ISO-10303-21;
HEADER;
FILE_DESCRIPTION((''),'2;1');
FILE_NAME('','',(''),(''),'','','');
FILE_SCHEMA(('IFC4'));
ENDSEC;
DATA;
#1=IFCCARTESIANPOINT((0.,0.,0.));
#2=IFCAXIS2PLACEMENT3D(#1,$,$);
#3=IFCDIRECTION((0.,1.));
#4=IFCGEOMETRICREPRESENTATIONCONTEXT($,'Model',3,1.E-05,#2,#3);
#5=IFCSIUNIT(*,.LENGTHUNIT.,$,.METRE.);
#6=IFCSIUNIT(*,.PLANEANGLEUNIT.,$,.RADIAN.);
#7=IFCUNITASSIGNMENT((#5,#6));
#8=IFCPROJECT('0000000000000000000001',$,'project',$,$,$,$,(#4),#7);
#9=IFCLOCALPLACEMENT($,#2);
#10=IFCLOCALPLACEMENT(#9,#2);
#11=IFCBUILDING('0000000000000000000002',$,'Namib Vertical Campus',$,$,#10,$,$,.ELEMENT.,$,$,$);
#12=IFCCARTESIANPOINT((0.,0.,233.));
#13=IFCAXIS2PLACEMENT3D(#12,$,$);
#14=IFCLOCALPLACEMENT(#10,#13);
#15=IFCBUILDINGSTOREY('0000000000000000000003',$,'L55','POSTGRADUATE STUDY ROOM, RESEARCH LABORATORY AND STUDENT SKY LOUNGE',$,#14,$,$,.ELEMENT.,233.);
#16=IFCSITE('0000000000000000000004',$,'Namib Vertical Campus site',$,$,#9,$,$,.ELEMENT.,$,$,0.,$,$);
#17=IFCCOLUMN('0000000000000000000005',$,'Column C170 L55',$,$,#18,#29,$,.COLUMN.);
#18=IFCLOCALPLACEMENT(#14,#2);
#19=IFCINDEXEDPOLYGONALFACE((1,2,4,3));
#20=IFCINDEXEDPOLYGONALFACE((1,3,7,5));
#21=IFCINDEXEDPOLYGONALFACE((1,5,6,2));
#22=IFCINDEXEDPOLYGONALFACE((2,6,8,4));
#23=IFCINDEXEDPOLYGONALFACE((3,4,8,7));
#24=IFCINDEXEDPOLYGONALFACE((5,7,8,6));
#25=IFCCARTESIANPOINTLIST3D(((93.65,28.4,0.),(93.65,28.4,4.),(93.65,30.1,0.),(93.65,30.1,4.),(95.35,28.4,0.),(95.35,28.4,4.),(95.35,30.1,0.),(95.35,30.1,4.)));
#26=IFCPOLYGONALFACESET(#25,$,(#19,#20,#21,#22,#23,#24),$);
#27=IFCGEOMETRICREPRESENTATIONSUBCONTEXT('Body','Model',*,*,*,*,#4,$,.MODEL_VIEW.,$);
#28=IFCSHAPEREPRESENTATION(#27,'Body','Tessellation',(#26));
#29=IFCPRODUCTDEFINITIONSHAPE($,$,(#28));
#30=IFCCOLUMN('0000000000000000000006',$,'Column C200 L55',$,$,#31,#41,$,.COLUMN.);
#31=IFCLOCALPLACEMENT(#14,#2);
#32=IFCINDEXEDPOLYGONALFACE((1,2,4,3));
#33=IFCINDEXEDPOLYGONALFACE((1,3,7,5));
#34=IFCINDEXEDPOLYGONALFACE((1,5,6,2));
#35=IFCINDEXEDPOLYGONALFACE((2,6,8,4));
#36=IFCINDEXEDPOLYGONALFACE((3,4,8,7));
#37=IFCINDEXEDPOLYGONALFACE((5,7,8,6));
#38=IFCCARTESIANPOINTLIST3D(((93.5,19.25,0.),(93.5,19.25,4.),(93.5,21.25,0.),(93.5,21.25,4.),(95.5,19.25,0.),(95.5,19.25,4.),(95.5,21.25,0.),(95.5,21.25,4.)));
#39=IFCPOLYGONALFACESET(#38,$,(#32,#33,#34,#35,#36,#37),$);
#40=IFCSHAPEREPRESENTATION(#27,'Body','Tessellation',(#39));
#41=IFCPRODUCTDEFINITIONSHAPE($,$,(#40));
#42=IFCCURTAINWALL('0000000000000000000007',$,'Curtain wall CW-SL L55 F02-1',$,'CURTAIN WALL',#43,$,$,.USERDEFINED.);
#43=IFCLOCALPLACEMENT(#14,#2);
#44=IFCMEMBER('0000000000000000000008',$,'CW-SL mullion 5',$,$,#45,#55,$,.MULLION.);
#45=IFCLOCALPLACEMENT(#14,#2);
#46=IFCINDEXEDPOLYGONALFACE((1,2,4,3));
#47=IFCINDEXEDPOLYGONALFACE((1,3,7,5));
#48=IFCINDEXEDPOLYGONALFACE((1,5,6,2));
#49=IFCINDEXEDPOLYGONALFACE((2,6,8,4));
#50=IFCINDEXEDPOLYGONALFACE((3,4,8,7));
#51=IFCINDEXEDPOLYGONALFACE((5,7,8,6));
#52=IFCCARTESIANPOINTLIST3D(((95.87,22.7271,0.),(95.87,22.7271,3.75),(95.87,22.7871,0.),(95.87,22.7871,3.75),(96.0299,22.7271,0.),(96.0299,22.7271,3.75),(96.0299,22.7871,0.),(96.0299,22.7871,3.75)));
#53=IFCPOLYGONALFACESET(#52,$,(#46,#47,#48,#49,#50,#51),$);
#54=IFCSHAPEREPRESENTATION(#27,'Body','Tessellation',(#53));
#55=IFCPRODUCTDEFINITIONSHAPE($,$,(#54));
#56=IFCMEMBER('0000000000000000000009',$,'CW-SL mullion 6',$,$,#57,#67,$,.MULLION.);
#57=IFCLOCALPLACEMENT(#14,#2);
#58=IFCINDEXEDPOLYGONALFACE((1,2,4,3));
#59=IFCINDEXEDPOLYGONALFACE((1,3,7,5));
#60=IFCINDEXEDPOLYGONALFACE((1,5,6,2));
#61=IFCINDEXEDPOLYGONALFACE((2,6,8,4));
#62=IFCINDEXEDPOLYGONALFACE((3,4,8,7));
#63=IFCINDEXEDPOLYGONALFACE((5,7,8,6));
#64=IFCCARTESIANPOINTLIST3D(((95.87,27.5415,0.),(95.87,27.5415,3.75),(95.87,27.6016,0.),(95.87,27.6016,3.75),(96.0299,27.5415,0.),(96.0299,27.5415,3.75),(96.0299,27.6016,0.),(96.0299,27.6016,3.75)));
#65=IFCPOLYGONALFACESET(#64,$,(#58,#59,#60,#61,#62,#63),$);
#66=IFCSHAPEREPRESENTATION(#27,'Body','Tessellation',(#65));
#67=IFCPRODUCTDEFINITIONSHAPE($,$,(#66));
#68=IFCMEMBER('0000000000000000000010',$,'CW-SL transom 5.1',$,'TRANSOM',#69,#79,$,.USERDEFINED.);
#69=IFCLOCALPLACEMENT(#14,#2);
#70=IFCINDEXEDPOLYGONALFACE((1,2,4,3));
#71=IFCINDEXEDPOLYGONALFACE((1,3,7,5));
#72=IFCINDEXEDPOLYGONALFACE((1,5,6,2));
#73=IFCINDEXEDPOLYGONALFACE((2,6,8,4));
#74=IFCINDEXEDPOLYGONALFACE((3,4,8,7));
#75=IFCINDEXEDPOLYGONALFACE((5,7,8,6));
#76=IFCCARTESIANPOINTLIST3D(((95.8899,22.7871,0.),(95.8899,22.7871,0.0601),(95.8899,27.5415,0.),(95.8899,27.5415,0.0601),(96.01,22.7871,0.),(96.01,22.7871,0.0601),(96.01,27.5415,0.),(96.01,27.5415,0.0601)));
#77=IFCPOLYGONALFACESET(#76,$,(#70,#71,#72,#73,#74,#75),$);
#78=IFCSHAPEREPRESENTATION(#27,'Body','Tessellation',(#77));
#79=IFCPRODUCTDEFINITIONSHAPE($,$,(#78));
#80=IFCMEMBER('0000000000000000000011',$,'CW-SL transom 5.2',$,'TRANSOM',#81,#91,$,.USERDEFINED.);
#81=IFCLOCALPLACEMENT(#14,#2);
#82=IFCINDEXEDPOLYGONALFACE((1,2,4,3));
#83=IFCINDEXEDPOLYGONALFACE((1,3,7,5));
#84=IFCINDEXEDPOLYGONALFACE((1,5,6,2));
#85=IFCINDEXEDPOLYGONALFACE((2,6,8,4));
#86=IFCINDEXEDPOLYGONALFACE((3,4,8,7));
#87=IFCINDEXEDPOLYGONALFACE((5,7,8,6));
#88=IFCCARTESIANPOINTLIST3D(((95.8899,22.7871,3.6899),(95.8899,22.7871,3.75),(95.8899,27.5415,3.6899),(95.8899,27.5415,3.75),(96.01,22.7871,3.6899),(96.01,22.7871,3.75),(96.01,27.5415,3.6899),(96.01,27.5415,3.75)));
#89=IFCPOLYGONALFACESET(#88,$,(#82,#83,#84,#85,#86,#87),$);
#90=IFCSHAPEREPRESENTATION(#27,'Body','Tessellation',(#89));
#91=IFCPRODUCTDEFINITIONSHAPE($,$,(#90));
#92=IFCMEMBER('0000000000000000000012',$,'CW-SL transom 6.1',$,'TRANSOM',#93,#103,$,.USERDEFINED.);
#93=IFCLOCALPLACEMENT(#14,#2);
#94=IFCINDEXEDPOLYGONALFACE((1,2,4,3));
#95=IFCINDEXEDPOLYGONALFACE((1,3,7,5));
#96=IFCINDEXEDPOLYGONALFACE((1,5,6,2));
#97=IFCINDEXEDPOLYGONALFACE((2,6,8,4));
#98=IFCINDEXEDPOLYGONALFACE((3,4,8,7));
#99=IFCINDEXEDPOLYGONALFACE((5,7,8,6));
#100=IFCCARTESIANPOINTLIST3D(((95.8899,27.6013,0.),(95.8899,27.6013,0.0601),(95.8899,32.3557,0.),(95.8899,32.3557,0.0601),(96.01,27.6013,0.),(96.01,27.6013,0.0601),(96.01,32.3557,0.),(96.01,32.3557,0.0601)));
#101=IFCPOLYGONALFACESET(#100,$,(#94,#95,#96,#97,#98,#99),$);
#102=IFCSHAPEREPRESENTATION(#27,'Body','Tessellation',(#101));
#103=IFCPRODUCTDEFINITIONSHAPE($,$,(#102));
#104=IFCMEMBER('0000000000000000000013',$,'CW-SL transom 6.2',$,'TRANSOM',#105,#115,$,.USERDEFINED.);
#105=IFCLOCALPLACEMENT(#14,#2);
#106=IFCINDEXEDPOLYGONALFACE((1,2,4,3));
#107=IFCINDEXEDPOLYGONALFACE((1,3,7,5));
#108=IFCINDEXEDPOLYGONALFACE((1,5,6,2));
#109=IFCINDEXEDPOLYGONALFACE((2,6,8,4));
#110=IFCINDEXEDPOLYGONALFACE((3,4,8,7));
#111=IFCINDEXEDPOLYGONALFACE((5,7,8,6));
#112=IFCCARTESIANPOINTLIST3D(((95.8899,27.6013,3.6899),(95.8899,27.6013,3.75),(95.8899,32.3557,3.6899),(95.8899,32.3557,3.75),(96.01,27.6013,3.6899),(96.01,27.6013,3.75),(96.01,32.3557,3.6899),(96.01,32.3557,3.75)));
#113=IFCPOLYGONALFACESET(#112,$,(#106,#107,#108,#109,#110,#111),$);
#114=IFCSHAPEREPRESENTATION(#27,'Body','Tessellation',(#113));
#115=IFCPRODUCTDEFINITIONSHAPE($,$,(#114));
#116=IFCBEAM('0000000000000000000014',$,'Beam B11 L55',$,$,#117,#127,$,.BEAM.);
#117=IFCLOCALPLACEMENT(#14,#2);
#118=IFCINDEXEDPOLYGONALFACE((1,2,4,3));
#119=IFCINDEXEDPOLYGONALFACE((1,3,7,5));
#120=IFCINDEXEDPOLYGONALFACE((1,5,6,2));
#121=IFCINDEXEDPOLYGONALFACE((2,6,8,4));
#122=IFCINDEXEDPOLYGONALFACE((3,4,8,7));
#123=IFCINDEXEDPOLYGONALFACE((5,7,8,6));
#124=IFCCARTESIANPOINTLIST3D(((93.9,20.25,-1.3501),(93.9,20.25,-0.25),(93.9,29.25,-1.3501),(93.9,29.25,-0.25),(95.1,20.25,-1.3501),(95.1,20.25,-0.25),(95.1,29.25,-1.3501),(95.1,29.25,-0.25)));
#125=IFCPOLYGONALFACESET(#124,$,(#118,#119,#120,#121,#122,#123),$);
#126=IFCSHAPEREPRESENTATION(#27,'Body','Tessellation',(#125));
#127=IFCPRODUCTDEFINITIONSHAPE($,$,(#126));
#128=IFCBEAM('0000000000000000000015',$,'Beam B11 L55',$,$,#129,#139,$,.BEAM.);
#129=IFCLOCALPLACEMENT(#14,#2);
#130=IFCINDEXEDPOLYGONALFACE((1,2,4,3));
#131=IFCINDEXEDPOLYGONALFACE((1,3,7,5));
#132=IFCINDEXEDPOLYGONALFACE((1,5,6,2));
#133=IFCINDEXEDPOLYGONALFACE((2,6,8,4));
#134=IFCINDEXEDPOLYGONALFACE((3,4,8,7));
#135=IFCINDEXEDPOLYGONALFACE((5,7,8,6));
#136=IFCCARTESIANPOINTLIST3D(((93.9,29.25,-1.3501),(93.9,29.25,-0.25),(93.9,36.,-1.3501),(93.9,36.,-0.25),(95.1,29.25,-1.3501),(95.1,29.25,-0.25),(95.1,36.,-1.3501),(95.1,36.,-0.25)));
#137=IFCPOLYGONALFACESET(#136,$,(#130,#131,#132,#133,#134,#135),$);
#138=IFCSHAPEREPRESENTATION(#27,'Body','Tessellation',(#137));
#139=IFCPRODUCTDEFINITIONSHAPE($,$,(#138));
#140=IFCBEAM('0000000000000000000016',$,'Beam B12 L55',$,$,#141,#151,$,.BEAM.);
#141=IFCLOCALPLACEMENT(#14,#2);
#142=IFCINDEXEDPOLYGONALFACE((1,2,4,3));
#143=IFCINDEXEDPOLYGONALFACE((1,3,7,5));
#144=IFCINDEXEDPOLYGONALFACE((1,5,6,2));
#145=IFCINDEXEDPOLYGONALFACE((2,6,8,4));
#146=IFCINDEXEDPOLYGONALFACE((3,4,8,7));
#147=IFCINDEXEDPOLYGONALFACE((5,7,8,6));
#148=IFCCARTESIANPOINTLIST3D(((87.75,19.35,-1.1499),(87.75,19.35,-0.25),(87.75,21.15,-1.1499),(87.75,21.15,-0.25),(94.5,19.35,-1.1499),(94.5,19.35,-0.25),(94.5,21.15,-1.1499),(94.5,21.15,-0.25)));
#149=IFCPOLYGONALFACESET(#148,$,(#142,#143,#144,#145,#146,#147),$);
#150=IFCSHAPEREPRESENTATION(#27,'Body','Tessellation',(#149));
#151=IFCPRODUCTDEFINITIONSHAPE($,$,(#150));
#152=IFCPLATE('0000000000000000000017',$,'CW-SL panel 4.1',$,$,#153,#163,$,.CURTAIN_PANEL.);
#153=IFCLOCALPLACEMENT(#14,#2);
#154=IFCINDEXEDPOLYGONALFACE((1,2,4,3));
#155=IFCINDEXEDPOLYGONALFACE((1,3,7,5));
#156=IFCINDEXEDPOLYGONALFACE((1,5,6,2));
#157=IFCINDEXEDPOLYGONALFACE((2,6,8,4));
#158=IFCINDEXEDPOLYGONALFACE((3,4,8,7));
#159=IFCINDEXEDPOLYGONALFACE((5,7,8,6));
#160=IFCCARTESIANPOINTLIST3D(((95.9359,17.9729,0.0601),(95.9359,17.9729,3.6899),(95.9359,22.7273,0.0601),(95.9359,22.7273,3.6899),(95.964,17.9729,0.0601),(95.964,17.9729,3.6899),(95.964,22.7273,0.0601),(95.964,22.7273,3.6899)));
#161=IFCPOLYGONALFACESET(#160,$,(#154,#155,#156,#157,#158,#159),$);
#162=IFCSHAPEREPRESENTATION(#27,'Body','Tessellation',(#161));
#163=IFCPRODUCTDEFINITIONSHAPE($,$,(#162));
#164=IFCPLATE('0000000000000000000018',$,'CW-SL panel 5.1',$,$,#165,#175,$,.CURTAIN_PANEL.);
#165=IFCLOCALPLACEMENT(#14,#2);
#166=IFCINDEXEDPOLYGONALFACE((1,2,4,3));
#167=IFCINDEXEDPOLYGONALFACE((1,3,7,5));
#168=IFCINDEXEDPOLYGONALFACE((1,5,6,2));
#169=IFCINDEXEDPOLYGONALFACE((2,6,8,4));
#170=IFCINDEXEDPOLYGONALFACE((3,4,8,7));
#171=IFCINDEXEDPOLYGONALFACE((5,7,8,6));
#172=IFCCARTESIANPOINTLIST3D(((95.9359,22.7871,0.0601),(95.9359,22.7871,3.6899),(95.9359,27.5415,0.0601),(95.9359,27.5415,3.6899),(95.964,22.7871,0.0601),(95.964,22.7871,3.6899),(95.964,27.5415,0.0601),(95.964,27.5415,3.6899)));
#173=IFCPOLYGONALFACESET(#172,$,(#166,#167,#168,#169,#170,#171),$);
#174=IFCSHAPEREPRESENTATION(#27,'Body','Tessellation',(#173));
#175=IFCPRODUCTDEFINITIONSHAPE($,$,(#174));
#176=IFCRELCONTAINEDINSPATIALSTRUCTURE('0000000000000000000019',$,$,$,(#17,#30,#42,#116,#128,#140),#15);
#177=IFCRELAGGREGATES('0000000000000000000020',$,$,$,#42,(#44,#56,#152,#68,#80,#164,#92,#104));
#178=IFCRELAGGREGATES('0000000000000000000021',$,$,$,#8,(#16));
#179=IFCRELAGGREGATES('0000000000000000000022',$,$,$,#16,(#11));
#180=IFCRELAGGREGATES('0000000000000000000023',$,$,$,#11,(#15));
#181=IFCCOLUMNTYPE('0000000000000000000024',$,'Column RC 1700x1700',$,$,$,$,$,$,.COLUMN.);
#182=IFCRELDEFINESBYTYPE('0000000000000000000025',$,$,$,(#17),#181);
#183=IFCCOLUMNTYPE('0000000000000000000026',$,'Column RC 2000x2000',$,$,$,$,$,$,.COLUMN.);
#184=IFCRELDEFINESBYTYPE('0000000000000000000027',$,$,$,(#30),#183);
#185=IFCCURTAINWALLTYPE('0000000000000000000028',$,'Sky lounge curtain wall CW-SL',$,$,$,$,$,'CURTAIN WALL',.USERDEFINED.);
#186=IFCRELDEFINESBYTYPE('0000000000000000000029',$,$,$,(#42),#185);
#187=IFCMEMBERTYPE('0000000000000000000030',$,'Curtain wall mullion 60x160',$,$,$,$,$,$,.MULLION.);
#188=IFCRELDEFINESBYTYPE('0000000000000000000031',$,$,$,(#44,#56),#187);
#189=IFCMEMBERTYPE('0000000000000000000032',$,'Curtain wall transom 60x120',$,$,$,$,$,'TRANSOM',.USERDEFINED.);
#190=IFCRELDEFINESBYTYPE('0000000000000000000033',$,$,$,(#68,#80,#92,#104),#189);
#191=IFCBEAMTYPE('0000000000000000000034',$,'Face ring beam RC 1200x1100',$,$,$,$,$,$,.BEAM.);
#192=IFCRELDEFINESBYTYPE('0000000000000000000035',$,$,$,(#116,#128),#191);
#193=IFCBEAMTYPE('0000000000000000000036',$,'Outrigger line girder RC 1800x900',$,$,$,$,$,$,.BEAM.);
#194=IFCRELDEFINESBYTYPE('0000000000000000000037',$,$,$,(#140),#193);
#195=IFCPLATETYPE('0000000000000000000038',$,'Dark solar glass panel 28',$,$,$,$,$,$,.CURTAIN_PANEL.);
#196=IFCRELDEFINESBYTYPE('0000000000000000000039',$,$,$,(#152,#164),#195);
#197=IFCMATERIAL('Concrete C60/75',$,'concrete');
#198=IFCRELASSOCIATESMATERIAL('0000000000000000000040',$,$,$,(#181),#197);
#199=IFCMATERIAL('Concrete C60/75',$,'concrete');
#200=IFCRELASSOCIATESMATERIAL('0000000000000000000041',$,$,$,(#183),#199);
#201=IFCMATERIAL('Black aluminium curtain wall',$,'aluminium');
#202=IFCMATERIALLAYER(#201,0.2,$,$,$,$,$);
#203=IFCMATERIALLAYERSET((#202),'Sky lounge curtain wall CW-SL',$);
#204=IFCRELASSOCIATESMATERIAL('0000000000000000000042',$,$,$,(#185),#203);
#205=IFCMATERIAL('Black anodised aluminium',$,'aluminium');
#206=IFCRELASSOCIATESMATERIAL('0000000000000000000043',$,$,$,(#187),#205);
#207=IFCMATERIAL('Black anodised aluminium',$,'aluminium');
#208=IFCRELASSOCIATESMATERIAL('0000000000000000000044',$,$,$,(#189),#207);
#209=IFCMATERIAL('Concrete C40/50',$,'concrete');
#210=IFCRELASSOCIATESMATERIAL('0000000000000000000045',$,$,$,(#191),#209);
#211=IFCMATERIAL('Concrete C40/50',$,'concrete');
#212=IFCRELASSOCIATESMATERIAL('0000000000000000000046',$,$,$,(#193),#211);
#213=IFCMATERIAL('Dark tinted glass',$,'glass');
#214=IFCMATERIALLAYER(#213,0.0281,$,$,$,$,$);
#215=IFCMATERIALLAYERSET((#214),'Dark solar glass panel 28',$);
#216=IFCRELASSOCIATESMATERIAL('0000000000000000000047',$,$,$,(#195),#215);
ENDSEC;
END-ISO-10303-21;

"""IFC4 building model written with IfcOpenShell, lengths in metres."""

from ifc_helpers import new_model, si_unit, direction, frame, origin, origin_2d, place, context, subcontext, project, spatial, rectangle, extrude, material, layer, layer_set, material_profile, profile_set, type_object, element, aggregate, save


model = new_model("IFC4")

# Units and contexts
model_context = context("Model", 3, precision=1e-05, world=origin(), true_north=direction((0.0, 1.0)))
body_context = subcontext(model_context, "Body", "Model", "MODEL_VIEW")
ifc_project = project(units=[si_unit("LENGTHUNIT", "METRE"), si_unit("PLANEANGLEUNIT", "RADIAN")], contexts=[model_context])

# Site, building, storey
site_placement = place(None, origin())
site = spatial("IfcSite", under=ifc_project, at=site_placement, Name="Namib Vertical Campus site", CompositionType="ELEMENT", RefElevation=0.0)
building_placement = place(site_placement, origin())
building = spatial("IfcBuilding", under=site, at=building_placement, Name="Namib Vertical Campus", CompositionType="ELEMENT")
storey_placement = place(building_placement, frame((0.0, 0.0, 233.0)))
storey = spatial("IfcBuildingStorey", under=building, at=storey_placement, Name="L55", Description="POSTGRADUATE STUDY ROOM, RESEARCH LABORATORY AND STUDENT SKY LOUNGE", CompositionType="ELEMENT", Elevation=233.0)

# Columns
ifc_material_1 = material(Name="Concrete C60/75", Category="concrete")
ifc_material_profile_1 = material_profile(ifc_material_1, rectangle(XDim=1.7, YDim=1.7, at=origin_2d()))
ifc_profile_set_1 = profile_set([ifc_material_profile_1], Name="Concrete C60/75")
column_type_1 = type_object("IfcColumnType", Name="Column RC 1700x1700", PredefinedType="COLUMN", material=ifc_profile_set_1)
column_1_placement = place(storey_placement, frame((94.5, 29.25, 0.0), z_axis=(0.0, 0.0, 1.0), x_axis=(1.0, 0.0, 0.0)))
element("IfcColumn", 1, at=column_1_placement, inside=storey, type_object=column_type_1, Name="Column C170 L55", PredefinedType="COLUMN", context=body_context, shape_type="SweptSolid", body=[
    extrude(rectangle(XDim=1.7, YDim=1.7, at=origin_2d()), origin(), (0.0, 0.0, 1.0), 4.0),
])
ifc_material_2 = material(Name="Concrete C60/75", Category="concrete")
ifc_material_profile_2 = material_profile(ifc_material_2, rectangle(XDim=2.0, YDim=2.0, at=origin_2d()))
ifc_profile_set_2 = profile_set([ifc_material_profile_2], Name="Concrete C60/75")
column_type_2 = type_object("IfcColumnType", Name="Column RC 2000x2000", PredefinedType="COLUMN", material=ifc_profile_set_2)
column_2_placement = place(storey_placement, frame((94.5, 20.25, 0.0), z_axis=(0.0, 0.0, 1.0), x_axis=(1.0, 0.0, 0.0)))
element("IfcColumn", 2, at=column_2_placement, inside=storey, type_object=column_type_2, Name="Column C200 L55", PredefinedType="COLUMN", context=body_context, shape_type="SweptSolid", body=[
    extrude(rectangle(XDim=2.0, YDim=2.0, at=origin_2d()), origin(), (0.0, 0.0, 1.0), 4.0),
])

# Curtain wall, members
ifc_material_3 = material(Name="Black aluminium curtain wall", Category="aluminium")
ifc_layer_1 = layer(ifc_material_3, 0.2)
ifc_layer_set_1 = layer_set([ifc_layer_1], Name="Sky lounge curtain wall CW-SL")
curtain_wall_type = type_object("IfcCurtainWallType", Name="Sky lounge curtain wall CW-SL", ElementType="CURTAIN WALL", PredefinedType="USERDEFINED", material=ifc_layer_set_1)
curtain_wall_placement = place(storey_placement, origin())
curtain_wall = element("IfcCurtainWall", 3, at=curtain_wall_placement, inside=storey, type_object=curtain_wall_type, Name="Curtain wall CW-SL L55 F02-1", ObjectType="CURTAIN WALL", PredefinedType="USERDEFINED")
ifc_material_4 = material(Name="Black anodised aluminium", Category="aluminium")
ifc_material_profile_3 = material_profile(ifc_material_4, rectangle(XDim=0.0601, YDim=0.1599, at=origin_2d()))
ifc_profile_set_3 = profile_set([ifc_material_profile_3], Name="Black anodised aluminium")
member_type_1 = type_object("IfcMemberType", Name="Curtain wall mullion 60x160", PredefinedType="MULLION", material=ifc_profile_set_3)
member_1_placement = place(storey_placement, frame((95.95, 22.7571, 0.0), z_axis=(0.0, 0.0, 1.0), x_axis=(0.0, 1.0, 0.0)))
member_1 = element("IfcMember", 4, at=member_1_placement, type_object=member_type_1, Name="CW-SL mullion 5", PredefinedType="MULLION", context=body_context, shape_type="SweptSolid", body=[
    extrude(rectangle(XDim=0.0601, YDim=0.1599, at=origin_2d()), origin(), (0.0, 0.0, 1.0), 3.75),
])
member_2_placement = place(storey_placement, frame((95.95, 27.5715, 0.0), z_axis=(0.0, 0.0, 1.0), x_axis=(0.0, 1.0, 0.0)))
member_2 = element("IfcMember", 5, at=member_2_placement, type_object=member_type_1, Name="CW-SL mullion 6", PredefinedType="MULLION", context=body_context, shape_type="SweptSolid", body=[
    extrude(rectangle(XDim=0.0601, YDim=0.1599, at=origin_2d()), origin(), (0.0, 0.0, 1.0), 3.75),
])
ifc_material_5 = material(Name="Black anodised aluminium", Category="aluminium")
ifc_material_profile_4 = material_profile(ifc_material_5, rectangle(XDim=0.0601, YDim=0.1201, at=origin_2d()))
ifc_profile_set_4 = profile_set([ifc_material_profile_4], Name="Black anodised aluminium")
member_type_2 = type_object("IfcMemberType", Name="Curtain wall transom 60x120", ElementType="TRANSOM", PredefinedType="USERDEFINED", material=ifc_profile_set_4)
member_3_placement = place(storey_placement, frame((95.95, 22.7871, 0.03), z_axis=(0.0, 1.0, 0.0), x_axis=(0.0, 0.0, 1.0)))
member_3 = element("IfcMember", 6, at=member_3_placement, type_object=member_type_2, Name="CW-SL transom 5.1", ObjectType="TRANSOM", PredefinedType="USERDEFINED", context=body_context, shape_type="SweptSolid", body=[
    extrude(rectangle(XDim=0.0601, YDim=0.1201, at=origin_2d()), origin(), (0.0, 0.0, 1.0), 4.7544),
])
member_4_placement = place(storey_placement, frame((95.95, 22.7871, 3.72), z_axis=(0.0, 1.0, 0.0), x_axis=(0.0, 0.0, 1.0)))
member_4 = element("IfcMember", 7, at=member_4_placement, type_object=member_type_2, Name="CW-SL transom 5.2", ObjectType="TRANSOM", PredefinedType="USERDEFINED", context=body_context, shape_type="SweptSolid", body=[
    extrude(rectangle(XDim=0.0601, YDim=0.1201, at=origin_2d()), origin(), (0.0, 0.0, 1.0), 4.7544),
])
member_5_placement = place(storey_placement, frame((95.95, 27.6013, 0.03), z_axis=(0.0, 1.0, 0.0), x_axis=(0.0, 0.0, 1.0)))
member_5 = element("IfcMember", 8, at=member_5_placement, type_object=member_type_2, Name="CW-SL transom 6.1", ObjectType="TRANSOM", PredefinedType="USERDEFINED", context=body_context, shape_type="SweptSolid", body=[
    extrude(rectangle(XDim=0.0601, YDim=0.1201, at=origin_2d()), origin(), (0.0, 0.0, 1.0), 4.7544),
])
member_6_placement = place(storey_placement, frame((95.95, 27.6013, 3.72), z_axis=(0.0, 1.0, 0.0), x_axis=(0.0, 0.0, 1.0)))
member_6 = element("IfcMember", 9, at=member_6_placement, type_object=member_type_2, Name="CW-SL transom 6.2", ObjectType="TRANSOM", PredefinedType="USERDEFINED", context=body_context, shape_type="SweptSolid", body=[
    extrude(rectangle(XDim=0.0601, YDim=0.1201, at=origin_2d()), origin(), (0.0, 0.0, 1.0), 4.7544),
])

# Beams
ifc_material_6 = material(Name="Concrete C40/50", Category="concrete")
ifc_material_profile_5 = material_profile(ifc_material_6, rectangle(XDim=1.2, YDim=1.1001, at=origin_2d()))
ifc_profile_set_5 = profile_set([ifc_material_profile_5], Name="Concrete C40/50")
beam_type_1 = type_object("IfcBeamType", Name="Face ring beam RC 1200x1100", PredefinedType="BEAM", material=ifc_profile_set_5)
beam_1_placement = place(storey_placement, frame((94.5, 20.25, -0.8), z_axis=(0.0, 1.0, 0.0), x_axis=(-1.0, 0.0, 0.0)))
element("IfcBeam", 10, at=beam_1_placement, inside=storey, type_object=beam_type_1, Name="Beam B11 L55", PredefinedType="BEAM", context=body_context, shape_type="SweptSolid", body=[
    extrude(rectangle(XDim=1.2, YDim=1.1001, at=origin_2d()), origin(), (0.0, 0.0, 1.0), 9.0),
])
beam_2_placement = place(storey_placement, frame((94.5, 29.25, -0.8), z_axis=(0.0, 1.0, 0.0), x_axis=(-1.0, 0.0, 0.0)))
element("IfcBeam", 11, at=beam_2_placement, inside=storey, type_object=beam_type_1, Name="Beam B11 L55", PredefinedType="BEAM", context=body_context, shape_type="SweptSolid", body=[
    extrude(rectangle(XDim=1.2, YDim=1.1001, at=origin_2d()), origin(), (0.0, 0.0, 1.0), 6.75),
])
ifc_material_7 = material(Name="Concrete C40/50", Category="concrete")
ifc_material_profile_6 = material_profile(ifc_material_7, rectangle(XDim=1.8, YDim=0.8999, at=origin_2d()))
ifc_profile_set_6 = profile_set([ifc_material_profile_6], Name="Concrete C40/50")
beam_type_2 = type_object("IfcBeamType", Name="Outrigger line girder RC 1800x900", PredefinedType="BEAM", material=ifc_profile_set_6)
beam_3_placement = place(storey_placement, frame((94.5, 20.25, -0.7), z_axis=(-1.0, 0.0, 0.0), x_axis=(0.0, -1.0, 0.0)))
element("IfcBeam", 12, at=beam_3_placement, inside=storey, type_object=beam_type_2, Name="Beam B12 L55", PredefinedType="BEAM", context=body_context, shape_type="SweptSolid", body=[
    extrude(rectangle(XDim=1.8, YDim=0.8999, at=origin_2d()), origin(), (0.0, 0.0, 1.0), 6.75),
])

# Plates
ifc_material_8 = material(Name="Dark tinted glass", Category="glass")
ifc_layer_2 = layer(ifc_material_8, 0.0281)
ifc_layer_set_2 = layer_set([ifc_layer_2], Name="Dark solar glass panel 28")
plate_type = type_object("IfcPlateType", Name="Dark solar glass panel 28", PredefinedType="CURTAIN_PANEL", material=ifc_layer_set_2)
plate_1_placement = place(storey_placement, frame((95.95, 20.3501, 0.0601), z_axis=(0.0, 0.0, 1.0), x_axis=(0.0, 1.0, 0.0)))
plate_1 = element("IfcPlate", 13, at=plate_1_placement, type_object=plate_type, Name="CW-SL panel 4.1", PredefinedType="CURTAIN_PANEL", context=body_context, shape_type="SweptSolid", body=[
    extrude(rectangle(XDim=4.7544, YDim=0.0281, at=origin_2d()), origin(), (0.0, 0.0, 1.0), 3.6299),
])
plate_2_placement = place(storey_placement, frame((95.95, 25.1643, 0.0601), z_axis=(0.0, 0.0, 1.0), x_axis=(0.0, 1.0, 0.0)))
plate_2 = element("IfcPlate", 14, at=plate_2_placement, type_object=plate_type, Name="CW-SL panel 5.1", PredefinedType="CURTAIN_PANEL", context=body_context, shape_type="SweptSolid", body=[
    extrude(rectangle(XDim=4.7544, YDim=0.0281, at=origin_2d()), origin(), (0.0, 0.0, 1.0), 3.6299),
])
aggregate(curtain_wall, [member_1, member_2, plate_1, member_3, member_4, plate_2, member_5, member_6])

save(model, "model.ifc")
